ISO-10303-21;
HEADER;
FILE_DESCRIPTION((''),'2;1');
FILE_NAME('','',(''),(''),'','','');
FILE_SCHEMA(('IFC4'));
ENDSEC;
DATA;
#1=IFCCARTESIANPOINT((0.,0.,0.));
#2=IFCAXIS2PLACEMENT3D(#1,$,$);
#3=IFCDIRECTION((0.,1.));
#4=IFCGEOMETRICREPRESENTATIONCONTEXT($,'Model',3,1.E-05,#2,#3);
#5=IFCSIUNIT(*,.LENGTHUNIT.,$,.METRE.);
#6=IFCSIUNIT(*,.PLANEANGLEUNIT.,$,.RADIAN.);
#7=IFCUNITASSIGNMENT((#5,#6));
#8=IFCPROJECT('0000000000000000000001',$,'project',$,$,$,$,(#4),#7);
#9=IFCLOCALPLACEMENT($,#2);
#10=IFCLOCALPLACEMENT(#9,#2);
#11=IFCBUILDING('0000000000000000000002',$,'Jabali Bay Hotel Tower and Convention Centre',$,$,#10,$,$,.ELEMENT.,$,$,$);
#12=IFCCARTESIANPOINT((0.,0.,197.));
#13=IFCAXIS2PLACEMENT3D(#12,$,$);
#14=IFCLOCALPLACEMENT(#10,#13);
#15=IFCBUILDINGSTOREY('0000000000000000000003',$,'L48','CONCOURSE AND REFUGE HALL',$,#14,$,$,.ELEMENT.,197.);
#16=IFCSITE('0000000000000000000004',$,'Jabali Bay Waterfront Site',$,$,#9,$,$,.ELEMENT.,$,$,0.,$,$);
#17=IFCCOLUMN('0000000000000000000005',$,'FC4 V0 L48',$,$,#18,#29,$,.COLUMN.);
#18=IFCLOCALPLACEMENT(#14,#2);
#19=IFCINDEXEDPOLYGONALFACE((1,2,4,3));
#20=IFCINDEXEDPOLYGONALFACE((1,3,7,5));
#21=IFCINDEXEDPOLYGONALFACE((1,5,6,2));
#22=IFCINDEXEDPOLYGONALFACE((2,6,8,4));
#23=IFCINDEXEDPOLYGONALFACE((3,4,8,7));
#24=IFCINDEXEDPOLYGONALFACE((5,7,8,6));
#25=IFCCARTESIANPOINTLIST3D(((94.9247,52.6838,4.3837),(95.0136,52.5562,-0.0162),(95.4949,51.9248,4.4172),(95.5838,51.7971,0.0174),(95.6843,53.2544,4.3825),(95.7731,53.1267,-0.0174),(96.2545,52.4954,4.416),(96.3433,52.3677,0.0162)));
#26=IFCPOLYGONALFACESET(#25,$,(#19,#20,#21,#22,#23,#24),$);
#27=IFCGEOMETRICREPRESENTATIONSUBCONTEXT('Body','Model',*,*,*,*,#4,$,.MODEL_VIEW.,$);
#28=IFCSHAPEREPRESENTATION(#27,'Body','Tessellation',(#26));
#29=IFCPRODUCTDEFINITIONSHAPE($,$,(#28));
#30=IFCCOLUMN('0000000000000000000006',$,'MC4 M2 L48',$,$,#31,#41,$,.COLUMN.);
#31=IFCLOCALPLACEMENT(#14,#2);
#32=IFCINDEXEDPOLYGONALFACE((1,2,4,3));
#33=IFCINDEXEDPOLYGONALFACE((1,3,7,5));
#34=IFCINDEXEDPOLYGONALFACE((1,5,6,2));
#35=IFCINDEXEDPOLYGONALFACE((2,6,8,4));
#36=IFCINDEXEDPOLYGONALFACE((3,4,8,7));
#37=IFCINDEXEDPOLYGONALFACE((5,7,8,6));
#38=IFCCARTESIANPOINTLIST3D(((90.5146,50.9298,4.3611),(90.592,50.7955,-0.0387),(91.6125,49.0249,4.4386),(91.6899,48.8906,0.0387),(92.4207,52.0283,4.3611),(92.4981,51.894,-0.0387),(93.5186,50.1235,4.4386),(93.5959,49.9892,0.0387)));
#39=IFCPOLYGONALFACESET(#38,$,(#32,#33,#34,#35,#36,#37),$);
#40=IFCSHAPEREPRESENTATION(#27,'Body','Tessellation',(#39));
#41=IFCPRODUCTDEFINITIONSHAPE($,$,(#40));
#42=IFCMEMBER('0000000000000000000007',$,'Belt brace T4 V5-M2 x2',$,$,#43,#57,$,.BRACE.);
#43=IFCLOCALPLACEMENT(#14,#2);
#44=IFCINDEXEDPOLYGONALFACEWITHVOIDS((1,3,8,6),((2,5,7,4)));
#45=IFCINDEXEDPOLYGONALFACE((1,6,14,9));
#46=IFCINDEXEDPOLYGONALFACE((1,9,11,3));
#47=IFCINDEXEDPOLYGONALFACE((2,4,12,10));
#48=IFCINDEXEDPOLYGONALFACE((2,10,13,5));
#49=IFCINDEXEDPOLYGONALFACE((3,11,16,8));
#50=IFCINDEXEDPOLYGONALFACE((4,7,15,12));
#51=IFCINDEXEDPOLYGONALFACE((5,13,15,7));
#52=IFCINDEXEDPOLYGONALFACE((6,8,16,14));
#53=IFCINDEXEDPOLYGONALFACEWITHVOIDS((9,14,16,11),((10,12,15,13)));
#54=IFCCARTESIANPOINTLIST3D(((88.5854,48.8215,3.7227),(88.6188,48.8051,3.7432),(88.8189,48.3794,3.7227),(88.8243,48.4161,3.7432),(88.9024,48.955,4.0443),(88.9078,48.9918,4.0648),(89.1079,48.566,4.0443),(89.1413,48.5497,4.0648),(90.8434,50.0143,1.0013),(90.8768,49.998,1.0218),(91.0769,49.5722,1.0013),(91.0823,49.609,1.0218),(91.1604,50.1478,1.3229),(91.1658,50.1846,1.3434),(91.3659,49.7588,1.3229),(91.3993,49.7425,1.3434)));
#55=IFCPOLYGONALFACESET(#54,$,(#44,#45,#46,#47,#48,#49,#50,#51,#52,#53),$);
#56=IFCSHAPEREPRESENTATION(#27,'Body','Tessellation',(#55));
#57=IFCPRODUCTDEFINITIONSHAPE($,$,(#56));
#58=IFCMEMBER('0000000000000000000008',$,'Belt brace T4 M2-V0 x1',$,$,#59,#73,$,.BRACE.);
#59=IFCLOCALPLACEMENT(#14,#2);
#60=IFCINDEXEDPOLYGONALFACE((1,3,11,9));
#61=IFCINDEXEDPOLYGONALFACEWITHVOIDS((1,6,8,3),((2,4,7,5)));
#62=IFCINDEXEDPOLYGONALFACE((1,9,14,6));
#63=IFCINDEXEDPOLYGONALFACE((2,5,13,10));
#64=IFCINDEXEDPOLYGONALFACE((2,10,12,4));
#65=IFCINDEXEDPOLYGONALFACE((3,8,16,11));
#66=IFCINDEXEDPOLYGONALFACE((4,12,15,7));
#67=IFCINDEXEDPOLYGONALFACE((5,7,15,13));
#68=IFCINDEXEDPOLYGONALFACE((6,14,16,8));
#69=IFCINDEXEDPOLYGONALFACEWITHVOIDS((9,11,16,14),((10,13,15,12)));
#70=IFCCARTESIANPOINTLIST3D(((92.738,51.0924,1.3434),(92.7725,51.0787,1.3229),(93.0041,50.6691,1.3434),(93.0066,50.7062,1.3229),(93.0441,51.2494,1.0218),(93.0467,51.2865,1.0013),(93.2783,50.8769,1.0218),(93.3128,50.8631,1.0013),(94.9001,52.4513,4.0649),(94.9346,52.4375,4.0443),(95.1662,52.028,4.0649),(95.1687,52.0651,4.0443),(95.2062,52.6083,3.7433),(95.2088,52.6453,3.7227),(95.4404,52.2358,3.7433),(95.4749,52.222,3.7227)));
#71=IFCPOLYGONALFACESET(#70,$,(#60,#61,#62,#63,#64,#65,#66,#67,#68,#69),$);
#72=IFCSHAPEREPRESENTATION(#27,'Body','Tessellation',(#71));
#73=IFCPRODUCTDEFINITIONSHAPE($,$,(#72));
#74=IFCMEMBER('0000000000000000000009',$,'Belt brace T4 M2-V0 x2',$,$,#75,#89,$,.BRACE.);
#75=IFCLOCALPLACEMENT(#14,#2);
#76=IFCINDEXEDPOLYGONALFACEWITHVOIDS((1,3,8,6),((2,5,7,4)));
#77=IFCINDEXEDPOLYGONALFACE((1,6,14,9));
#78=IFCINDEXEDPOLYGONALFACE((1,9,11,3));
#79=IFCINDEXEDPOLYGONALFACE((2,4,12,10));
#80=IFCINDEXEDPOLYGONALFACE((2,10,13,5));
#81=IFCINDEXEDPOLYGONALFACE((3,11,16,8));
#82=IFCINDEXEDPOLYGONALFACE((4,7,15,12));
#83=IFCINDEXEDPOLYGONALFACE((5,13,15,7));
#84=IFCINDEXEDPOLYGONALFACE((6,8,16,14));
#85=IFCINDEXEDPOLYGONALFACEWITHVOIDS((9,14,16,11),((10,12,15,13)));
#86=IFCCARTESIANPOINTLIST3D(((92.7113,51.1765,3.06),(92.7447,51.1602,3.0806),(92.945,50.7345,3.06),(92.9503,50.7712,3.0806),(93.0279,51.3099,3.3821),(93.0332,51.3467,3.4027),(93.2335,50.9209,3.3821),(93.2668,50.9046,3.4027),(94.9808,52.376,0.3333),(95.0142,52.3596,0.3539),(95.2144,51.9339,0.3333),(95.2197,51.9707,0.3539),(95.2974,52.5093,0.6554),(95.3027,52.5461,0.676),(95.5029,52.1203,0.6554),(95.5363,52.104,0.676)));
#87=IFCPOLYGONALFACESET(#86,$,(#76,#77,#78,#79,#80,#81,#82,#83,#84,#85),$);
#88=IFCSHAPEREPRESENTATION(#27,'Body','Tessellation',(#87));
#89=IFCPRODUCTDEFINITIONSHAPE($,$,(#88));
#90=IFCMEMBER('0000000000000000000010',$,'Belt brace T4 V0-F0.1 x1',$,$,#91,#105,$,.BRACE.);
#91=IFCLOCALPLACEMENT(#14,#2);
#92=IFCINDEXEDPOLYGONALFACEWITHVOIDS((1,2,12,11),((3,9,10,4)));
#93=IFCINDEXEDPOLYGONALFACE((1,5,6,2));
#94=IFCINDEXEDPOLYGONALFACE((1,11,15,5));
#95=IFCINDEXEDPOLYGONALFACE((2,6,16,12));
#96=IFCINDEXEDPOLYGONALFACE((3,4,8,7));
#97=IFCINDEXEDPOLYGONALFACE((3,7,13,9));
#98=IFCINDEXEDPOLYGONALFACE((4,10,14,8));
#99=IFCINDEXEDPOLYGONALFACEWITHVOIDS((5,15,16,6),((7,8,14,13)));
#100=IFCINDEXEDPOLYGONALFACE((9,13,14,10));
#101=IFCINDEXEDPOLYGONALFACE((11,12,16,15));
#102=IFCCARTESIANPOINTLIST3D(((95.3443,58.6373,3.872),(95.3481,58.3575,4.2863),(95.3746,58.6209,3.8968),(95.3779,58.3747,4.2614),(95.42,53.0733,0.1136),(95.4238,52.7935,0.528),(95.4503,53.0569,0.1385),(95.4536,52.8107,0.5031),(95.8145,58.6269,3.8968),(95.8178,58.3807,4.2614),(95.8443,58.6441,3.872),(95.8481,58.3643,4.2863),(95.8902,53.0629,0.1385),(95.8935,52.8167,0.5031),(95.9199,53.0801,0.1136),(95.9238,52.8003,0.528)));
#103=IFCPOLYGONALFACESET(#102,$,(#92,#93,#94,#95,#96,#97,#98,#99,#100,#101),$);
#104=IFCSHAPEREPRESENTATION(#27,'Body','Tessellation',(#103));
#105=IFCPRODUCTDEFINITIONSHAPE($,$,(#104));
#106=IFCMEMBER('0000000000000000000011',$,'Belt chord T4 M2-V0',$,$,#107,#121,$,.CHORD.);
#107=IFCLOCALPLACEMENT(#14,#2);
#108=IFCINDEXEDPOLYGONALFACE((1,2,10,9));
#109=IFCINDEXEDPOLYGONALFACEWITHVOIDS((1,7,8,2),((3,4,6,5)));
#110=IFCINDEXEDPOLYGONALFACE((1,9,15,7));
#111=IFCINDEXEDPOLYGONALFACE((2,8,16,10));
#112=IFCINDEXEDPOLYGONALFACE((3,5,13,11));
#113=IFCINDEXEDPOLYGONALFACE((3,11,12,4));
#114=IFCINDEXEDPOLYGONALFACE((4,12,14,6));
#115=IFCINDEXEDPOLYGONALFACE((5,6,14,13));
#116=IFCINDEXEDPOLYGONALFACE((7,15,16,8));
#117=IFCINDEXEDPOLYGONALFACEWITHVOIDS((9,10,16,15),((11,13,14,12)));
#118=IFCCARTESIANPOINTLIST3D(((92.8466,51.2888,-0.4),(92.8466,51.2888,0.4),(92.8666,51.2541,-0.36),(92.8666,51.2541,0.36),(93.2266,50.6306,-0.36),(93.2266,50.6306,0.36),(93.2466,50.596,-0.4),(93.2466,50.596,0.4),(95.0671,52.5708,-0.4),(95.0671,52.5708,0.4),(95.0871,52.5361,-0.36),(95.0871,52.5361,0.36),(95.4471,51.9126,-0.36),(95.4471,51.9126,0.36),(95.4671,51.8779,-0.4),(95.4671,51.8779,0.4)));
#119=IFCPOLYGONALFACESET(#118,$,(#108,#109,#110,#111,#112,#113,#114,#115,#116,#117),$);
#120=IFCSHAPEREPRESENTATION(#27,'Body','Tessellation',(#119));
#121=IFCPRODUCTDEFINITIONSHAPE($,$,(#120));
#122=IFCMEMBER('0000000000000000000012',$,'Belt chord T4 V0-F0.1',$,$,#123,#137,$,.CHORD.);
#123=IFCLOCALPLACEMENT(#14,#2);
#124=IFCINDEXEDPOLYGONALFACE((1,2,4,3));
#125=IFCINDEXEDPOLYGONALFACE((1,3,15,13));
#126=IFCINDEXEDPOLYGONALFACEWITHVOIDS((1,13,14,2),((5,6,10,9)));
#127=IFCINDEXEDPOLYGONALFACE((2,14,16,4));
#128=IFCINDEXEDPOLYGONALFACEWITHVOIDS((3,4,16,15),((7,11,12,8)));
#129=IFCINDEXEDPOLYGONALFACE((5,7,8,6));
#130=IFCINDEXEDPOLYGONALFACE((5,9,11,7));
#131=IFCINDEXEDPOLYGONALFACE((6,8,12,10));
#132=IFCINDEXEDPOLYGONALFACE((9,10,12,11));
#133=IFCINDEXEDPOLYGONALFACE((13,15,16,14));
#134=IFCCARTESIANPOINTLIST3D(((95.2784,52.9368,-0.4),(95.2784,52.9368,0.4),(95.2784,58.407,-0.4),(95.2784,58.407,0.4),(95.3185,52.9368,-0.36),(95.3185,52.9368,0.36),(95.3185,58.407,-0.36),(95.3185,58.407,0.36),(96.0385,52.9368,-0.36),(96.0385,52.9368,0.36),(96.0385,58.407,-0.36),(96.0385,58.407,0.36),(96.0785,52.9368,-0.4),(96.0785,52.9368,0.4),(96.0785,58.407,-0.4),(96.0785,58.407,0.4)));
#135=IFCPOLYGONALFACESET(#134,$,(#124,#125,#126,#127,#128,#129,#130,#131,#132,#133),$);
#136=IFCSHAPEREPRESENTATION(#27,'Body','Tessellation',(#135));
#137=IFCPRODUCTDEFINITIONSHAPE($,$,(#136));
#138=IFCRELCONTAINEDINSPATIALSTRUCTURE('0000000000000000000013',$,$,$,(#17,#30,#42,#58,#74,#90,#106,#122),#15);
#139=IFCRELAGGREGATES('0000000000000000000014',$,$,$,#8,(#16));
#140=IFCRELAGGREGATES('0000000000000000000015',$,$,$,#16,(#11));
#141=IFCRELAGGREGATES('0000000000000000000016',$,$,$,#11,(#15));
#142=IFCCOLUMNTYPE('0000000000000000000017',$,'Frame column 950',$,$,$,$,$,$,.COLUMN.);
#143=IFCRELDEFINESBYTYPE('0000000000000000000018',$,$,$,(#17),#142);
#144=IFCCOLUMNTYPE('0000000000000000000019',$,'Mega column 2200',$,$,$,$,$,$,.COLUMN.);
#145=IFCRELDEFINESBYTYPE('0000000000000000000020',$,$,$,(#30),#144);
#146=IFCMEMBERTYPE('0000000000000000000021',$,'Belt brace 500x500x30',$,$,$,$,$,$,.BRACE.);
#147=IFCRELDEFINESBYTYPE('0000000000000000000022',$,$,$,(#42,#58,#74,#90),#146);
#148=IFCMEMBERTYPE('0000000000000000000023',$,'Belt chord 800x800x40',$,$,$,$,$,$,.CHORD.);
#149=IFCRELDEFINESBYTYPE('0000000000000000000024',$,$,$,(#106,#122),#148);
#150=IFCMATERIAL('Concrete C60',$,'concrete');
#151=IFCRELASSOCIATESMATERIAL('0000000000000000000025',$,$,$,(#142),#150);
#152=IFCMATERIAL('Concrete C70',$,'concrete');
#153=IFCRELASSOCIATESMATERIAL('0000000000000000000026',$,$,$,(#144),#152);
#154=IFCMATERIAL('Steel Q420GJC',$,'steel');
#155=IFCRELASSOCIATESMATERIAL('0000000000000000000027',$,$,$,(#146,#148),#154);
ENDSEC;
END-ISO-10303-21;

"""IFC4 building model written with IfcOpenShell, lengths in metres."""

from ifc_helpers import new_model, si_unit, direction, frame, origin, origin_2d, place, context, subcontext, project, spatial, rectangle, hollow_rectangle, extrude, material, material_profile, profile_set, type_object, element, save


model = new_model("IFC4")

# Units and contexts
model_context = context("Model", 3, precision=1e-05, world=origin(), true_north=direction((0.0, 1.0)))
body_context = subcontext(model_context, "Body", "Model", "MODEL_VIEW")
ifc_project = project(units=[si_unit("LENGTHUNIT", "METRE"), si_unit("PLANEANGLEUNIT", "RADIAN")], contexts=[model_context])

# Site, building, storey
site_placement = place(None, origin())
site = spatial("IfcSite", under=ifc_project, at=site_placement, Name="Jabali Bay Waterfront Site", CompositionType="ELEMENT", RefElevation=0.0)
building_placement = place(site_placement, origin())
building = spatial("IfcBuilding", under=site, at=building_placement, Name="Jabali Bay Hotel Tower and Convention Centre", CompositionType="ELEMENT")
storey_placement = place(building_placement, frame((0.0, 0.0, 197.0)))
storey = spatial("IfcBuildingStorey", under=building, at=storey_placement, Name="L48", Description="CONCOURSE AND REFUGE HALL", CompositionType="ELEMENT", Elevation=197.0)

# Columns
ifc_material_1 = material(Name="Concrete C60", Category="concrete")
ifc_material_profile_1 = material_profile(ifc_material_1, rectangle(XDim=0.95, YDim=0.95, at=origin_2d()), Name="Frame column 950")
ifc_profile_set_1 = profile_set([ifc_material_profile_1], Name="Concrete C60")
column_type_1 = type_object("IfcColumnType", Name="Frame column 950", PredefinedType="COLUMN", material=ifc_profile_set_1)
column_1_placement = place(storey_placement, frame((95.6785, 52.4619, 0.0), z_axis=(-0.020185, 0.029002, 0.999376), x_axis=(-0.799545, -0.600605, 0.001281)))
element("IfcColumn", 1, at=column_1_placement, inside=storey, type_object=column_type_1, Name="FC4 V0 L48", PredefinedType="COLUMN", context=body_context, shape_type="SweptSolid", body=[
    extrude(rectangle(XDim=0.95, YDim=0.95, at=origin_2d()), origin(), (0.0, 0.0, 1.0), 4.4026),
])
ifc_material_2 = material(Name="Concrete C70", Category="concrete")
ifc_material_profile_2 = material_profile(ifc_material_2, rectangle(XDim=2.2, YDim=2.2, at=origin_2d()), Name="Mega column 2200")
ifc_profile_set_2 = profile_set([ifc_material_profile_2], Name="Concrete C70")
column_type_2 = type_object("IfcColumnType", Name="Mega column 2200", PredefinedType="COLUMN", material=ifc_profile_set_2)
column_2_placement = place(storey_placement, frame((92.094, 50.3923, 0.0), z_axis=(-0.017579, 0.030499, 0.99938), x_axis=(0.499049, -0.865859, 0.035203)))
element("IfcColumn", 2, at=column_2_placement, inside=storey, type_object=column_type_2, Name="MC4 M2 L48", PredefinedType="COLUMN", context=body_context, shape_type="SweptSolid", body=[
    extrude(rectangle(XDim=2.2, YDim=2.2, at=origin_2d()), origin(), (0.0, 0.0, 1.0), 4.4026),
])

# Members
ifc_material_3 = material(Name="Steel Q420GJC", Category="steel")
ifc_material_profile_3 = material_profile(ifc_material_3, hollow_rectangle(XDim=0.5, YDim=0.5, WallThickness=0.03, at=origin_2d()), Name="Belt brace 500x500x30")
ifc_profile_set_3 = profile_set([ifc_material_profile_3], Name="Steel Q420GJC")
member_type_1 = type_object("IfcMemberType", Name="Belt brace 500x500x30", PredefinedType="BRACE", material=ifc_profile_set_3)
for number, where, z_axis, x_axis, name in (
    (3, (91.1213, 49.8784, 1.1724), (-0.605049, -0.319631, 0.729212), (0.467101, -0.884204, 0.0), "Belt brace T4 V5-M2 x2"),
    (4, (93.0254, 50.9778, 1.1724), (0.57935, 0.364122, 0.729225), (-0.532128, 0.846664, 0.0), "Belt brace T4 M2-V0 x1"),
):
    element("IfcMember", number, at=place(storey_placement, frame(where, z_axis=z_axis, x_axis=x_axis)), inside=storey, type_object=member_type_1, Name=name, PredefinedType="BRACE", context=body_context, shape_type="SweptSolid", body=[
        extrude(hollow_rectangle(XDim=0.5, YDim=0.5, WallThickness=0.03, at=origin_2d()), origin(), (0.0, 0.0, 1.0), 3.7319),
    ])
member_1_placement = place(storey_placement, frame((95.2585, 52.24, 0.5046), z_axis=(-0.606018, -0.320285, 0.728121), x_axis=(0.467263, -0.884119, 0.0)))
element("IfcMember", 5, at=member_1_placement, inside=storey, type_object=member_type_1, Name="Belt brace T4 M2-V0 x2", PredefinedType="BRACE", context=body_context, shape_type="SweptSolid", body=[
    extrude(hollow_rectangle(XDim=0.5, YDim=0.5, WallThickness=0.03, at=origin_2d()), origin(), (0.0, 0.0, 1.0), 3.7449),
])
member_2_placement = place(storey_placement, frame((95.6719, 52.9368, 0.3208), z_axis=(-0.011271, 0.828615, 0.559706), x_axis=(-0.999907, -0.013601, 0.0)))
element("IfcMember", 6, at=member_2_placement, inside=storey, type_object=member_type_1, Name="Belt brace T4 V0-F0.1 x1", PredefinedType="BRACE", context=body_context, shape_type="SweptSolid", body=[
    extrude(hollow_rectangle(XDim=0.5, YDim=0.5, WallThickness=0.03, at=origin_2d()), origin(), (0.0, 0.0, 1.0), 6.7148),
])
ifc_material_profile_4 = material_profile(ifc_material_3, hollow_rectangle(XDim=0.8, YDim=0.8, WallThickness=0.04, at=origin_2d()), Name="Belt chord 800x800x40")
ifc_profile_set_4 = profile_set([ifc_material_profile_4], Name="Steel Q420GJC")
member_type_2 = type_object("IfcMemberType", Name="Belt chord 800x800x40", PredefinedType="CHORD", material=ifc_profile_set_4)
member_3_placement = place(storey_placement, frame((93.0466, 50.9424, 0.0), z_axis=(0.866025, 0.5, 0.0), x_axis=(-0.5, 0.866025, 0.0)))
element("IfcMember", 7, at=member_3_placement, inside=storey, type_object=member_type_2, Name="Belt chord T4 M2-V0", PredefinedType="CHORD", context=body_context, shape_type="SweptSolid", body=[
    extrude(hollow_rectangle(XDim=0.8, YDim=0.8, WallThickness=0.04, at=origin_2d()), origin(), (0.0, 0.0, 1.0), 2.564),
])
member_4_placement = place(storey_placement, frame((95.6785, 52.9368, 0.0), z_axis=(0.0, 1.0, 0.0), x_axis=(-1.0, 0.0, 0.0)))
element("IfcMember", 8, at=member_4_placement, inside=storey, type_object=member_type_2, Name="Belt chord T4 V0-F0.1", PredefinedType="CHORD", context=body_context, shape_type="SweptSolid", body=[
    extrude(hollow_rectangle(XDim=0.8, YDim=0.8, WallThickness=0.04, at=origin_2d()), origin(), (0.0, 0.0, 1.0), 5.4702),
])

save(model, "model.ifc")
